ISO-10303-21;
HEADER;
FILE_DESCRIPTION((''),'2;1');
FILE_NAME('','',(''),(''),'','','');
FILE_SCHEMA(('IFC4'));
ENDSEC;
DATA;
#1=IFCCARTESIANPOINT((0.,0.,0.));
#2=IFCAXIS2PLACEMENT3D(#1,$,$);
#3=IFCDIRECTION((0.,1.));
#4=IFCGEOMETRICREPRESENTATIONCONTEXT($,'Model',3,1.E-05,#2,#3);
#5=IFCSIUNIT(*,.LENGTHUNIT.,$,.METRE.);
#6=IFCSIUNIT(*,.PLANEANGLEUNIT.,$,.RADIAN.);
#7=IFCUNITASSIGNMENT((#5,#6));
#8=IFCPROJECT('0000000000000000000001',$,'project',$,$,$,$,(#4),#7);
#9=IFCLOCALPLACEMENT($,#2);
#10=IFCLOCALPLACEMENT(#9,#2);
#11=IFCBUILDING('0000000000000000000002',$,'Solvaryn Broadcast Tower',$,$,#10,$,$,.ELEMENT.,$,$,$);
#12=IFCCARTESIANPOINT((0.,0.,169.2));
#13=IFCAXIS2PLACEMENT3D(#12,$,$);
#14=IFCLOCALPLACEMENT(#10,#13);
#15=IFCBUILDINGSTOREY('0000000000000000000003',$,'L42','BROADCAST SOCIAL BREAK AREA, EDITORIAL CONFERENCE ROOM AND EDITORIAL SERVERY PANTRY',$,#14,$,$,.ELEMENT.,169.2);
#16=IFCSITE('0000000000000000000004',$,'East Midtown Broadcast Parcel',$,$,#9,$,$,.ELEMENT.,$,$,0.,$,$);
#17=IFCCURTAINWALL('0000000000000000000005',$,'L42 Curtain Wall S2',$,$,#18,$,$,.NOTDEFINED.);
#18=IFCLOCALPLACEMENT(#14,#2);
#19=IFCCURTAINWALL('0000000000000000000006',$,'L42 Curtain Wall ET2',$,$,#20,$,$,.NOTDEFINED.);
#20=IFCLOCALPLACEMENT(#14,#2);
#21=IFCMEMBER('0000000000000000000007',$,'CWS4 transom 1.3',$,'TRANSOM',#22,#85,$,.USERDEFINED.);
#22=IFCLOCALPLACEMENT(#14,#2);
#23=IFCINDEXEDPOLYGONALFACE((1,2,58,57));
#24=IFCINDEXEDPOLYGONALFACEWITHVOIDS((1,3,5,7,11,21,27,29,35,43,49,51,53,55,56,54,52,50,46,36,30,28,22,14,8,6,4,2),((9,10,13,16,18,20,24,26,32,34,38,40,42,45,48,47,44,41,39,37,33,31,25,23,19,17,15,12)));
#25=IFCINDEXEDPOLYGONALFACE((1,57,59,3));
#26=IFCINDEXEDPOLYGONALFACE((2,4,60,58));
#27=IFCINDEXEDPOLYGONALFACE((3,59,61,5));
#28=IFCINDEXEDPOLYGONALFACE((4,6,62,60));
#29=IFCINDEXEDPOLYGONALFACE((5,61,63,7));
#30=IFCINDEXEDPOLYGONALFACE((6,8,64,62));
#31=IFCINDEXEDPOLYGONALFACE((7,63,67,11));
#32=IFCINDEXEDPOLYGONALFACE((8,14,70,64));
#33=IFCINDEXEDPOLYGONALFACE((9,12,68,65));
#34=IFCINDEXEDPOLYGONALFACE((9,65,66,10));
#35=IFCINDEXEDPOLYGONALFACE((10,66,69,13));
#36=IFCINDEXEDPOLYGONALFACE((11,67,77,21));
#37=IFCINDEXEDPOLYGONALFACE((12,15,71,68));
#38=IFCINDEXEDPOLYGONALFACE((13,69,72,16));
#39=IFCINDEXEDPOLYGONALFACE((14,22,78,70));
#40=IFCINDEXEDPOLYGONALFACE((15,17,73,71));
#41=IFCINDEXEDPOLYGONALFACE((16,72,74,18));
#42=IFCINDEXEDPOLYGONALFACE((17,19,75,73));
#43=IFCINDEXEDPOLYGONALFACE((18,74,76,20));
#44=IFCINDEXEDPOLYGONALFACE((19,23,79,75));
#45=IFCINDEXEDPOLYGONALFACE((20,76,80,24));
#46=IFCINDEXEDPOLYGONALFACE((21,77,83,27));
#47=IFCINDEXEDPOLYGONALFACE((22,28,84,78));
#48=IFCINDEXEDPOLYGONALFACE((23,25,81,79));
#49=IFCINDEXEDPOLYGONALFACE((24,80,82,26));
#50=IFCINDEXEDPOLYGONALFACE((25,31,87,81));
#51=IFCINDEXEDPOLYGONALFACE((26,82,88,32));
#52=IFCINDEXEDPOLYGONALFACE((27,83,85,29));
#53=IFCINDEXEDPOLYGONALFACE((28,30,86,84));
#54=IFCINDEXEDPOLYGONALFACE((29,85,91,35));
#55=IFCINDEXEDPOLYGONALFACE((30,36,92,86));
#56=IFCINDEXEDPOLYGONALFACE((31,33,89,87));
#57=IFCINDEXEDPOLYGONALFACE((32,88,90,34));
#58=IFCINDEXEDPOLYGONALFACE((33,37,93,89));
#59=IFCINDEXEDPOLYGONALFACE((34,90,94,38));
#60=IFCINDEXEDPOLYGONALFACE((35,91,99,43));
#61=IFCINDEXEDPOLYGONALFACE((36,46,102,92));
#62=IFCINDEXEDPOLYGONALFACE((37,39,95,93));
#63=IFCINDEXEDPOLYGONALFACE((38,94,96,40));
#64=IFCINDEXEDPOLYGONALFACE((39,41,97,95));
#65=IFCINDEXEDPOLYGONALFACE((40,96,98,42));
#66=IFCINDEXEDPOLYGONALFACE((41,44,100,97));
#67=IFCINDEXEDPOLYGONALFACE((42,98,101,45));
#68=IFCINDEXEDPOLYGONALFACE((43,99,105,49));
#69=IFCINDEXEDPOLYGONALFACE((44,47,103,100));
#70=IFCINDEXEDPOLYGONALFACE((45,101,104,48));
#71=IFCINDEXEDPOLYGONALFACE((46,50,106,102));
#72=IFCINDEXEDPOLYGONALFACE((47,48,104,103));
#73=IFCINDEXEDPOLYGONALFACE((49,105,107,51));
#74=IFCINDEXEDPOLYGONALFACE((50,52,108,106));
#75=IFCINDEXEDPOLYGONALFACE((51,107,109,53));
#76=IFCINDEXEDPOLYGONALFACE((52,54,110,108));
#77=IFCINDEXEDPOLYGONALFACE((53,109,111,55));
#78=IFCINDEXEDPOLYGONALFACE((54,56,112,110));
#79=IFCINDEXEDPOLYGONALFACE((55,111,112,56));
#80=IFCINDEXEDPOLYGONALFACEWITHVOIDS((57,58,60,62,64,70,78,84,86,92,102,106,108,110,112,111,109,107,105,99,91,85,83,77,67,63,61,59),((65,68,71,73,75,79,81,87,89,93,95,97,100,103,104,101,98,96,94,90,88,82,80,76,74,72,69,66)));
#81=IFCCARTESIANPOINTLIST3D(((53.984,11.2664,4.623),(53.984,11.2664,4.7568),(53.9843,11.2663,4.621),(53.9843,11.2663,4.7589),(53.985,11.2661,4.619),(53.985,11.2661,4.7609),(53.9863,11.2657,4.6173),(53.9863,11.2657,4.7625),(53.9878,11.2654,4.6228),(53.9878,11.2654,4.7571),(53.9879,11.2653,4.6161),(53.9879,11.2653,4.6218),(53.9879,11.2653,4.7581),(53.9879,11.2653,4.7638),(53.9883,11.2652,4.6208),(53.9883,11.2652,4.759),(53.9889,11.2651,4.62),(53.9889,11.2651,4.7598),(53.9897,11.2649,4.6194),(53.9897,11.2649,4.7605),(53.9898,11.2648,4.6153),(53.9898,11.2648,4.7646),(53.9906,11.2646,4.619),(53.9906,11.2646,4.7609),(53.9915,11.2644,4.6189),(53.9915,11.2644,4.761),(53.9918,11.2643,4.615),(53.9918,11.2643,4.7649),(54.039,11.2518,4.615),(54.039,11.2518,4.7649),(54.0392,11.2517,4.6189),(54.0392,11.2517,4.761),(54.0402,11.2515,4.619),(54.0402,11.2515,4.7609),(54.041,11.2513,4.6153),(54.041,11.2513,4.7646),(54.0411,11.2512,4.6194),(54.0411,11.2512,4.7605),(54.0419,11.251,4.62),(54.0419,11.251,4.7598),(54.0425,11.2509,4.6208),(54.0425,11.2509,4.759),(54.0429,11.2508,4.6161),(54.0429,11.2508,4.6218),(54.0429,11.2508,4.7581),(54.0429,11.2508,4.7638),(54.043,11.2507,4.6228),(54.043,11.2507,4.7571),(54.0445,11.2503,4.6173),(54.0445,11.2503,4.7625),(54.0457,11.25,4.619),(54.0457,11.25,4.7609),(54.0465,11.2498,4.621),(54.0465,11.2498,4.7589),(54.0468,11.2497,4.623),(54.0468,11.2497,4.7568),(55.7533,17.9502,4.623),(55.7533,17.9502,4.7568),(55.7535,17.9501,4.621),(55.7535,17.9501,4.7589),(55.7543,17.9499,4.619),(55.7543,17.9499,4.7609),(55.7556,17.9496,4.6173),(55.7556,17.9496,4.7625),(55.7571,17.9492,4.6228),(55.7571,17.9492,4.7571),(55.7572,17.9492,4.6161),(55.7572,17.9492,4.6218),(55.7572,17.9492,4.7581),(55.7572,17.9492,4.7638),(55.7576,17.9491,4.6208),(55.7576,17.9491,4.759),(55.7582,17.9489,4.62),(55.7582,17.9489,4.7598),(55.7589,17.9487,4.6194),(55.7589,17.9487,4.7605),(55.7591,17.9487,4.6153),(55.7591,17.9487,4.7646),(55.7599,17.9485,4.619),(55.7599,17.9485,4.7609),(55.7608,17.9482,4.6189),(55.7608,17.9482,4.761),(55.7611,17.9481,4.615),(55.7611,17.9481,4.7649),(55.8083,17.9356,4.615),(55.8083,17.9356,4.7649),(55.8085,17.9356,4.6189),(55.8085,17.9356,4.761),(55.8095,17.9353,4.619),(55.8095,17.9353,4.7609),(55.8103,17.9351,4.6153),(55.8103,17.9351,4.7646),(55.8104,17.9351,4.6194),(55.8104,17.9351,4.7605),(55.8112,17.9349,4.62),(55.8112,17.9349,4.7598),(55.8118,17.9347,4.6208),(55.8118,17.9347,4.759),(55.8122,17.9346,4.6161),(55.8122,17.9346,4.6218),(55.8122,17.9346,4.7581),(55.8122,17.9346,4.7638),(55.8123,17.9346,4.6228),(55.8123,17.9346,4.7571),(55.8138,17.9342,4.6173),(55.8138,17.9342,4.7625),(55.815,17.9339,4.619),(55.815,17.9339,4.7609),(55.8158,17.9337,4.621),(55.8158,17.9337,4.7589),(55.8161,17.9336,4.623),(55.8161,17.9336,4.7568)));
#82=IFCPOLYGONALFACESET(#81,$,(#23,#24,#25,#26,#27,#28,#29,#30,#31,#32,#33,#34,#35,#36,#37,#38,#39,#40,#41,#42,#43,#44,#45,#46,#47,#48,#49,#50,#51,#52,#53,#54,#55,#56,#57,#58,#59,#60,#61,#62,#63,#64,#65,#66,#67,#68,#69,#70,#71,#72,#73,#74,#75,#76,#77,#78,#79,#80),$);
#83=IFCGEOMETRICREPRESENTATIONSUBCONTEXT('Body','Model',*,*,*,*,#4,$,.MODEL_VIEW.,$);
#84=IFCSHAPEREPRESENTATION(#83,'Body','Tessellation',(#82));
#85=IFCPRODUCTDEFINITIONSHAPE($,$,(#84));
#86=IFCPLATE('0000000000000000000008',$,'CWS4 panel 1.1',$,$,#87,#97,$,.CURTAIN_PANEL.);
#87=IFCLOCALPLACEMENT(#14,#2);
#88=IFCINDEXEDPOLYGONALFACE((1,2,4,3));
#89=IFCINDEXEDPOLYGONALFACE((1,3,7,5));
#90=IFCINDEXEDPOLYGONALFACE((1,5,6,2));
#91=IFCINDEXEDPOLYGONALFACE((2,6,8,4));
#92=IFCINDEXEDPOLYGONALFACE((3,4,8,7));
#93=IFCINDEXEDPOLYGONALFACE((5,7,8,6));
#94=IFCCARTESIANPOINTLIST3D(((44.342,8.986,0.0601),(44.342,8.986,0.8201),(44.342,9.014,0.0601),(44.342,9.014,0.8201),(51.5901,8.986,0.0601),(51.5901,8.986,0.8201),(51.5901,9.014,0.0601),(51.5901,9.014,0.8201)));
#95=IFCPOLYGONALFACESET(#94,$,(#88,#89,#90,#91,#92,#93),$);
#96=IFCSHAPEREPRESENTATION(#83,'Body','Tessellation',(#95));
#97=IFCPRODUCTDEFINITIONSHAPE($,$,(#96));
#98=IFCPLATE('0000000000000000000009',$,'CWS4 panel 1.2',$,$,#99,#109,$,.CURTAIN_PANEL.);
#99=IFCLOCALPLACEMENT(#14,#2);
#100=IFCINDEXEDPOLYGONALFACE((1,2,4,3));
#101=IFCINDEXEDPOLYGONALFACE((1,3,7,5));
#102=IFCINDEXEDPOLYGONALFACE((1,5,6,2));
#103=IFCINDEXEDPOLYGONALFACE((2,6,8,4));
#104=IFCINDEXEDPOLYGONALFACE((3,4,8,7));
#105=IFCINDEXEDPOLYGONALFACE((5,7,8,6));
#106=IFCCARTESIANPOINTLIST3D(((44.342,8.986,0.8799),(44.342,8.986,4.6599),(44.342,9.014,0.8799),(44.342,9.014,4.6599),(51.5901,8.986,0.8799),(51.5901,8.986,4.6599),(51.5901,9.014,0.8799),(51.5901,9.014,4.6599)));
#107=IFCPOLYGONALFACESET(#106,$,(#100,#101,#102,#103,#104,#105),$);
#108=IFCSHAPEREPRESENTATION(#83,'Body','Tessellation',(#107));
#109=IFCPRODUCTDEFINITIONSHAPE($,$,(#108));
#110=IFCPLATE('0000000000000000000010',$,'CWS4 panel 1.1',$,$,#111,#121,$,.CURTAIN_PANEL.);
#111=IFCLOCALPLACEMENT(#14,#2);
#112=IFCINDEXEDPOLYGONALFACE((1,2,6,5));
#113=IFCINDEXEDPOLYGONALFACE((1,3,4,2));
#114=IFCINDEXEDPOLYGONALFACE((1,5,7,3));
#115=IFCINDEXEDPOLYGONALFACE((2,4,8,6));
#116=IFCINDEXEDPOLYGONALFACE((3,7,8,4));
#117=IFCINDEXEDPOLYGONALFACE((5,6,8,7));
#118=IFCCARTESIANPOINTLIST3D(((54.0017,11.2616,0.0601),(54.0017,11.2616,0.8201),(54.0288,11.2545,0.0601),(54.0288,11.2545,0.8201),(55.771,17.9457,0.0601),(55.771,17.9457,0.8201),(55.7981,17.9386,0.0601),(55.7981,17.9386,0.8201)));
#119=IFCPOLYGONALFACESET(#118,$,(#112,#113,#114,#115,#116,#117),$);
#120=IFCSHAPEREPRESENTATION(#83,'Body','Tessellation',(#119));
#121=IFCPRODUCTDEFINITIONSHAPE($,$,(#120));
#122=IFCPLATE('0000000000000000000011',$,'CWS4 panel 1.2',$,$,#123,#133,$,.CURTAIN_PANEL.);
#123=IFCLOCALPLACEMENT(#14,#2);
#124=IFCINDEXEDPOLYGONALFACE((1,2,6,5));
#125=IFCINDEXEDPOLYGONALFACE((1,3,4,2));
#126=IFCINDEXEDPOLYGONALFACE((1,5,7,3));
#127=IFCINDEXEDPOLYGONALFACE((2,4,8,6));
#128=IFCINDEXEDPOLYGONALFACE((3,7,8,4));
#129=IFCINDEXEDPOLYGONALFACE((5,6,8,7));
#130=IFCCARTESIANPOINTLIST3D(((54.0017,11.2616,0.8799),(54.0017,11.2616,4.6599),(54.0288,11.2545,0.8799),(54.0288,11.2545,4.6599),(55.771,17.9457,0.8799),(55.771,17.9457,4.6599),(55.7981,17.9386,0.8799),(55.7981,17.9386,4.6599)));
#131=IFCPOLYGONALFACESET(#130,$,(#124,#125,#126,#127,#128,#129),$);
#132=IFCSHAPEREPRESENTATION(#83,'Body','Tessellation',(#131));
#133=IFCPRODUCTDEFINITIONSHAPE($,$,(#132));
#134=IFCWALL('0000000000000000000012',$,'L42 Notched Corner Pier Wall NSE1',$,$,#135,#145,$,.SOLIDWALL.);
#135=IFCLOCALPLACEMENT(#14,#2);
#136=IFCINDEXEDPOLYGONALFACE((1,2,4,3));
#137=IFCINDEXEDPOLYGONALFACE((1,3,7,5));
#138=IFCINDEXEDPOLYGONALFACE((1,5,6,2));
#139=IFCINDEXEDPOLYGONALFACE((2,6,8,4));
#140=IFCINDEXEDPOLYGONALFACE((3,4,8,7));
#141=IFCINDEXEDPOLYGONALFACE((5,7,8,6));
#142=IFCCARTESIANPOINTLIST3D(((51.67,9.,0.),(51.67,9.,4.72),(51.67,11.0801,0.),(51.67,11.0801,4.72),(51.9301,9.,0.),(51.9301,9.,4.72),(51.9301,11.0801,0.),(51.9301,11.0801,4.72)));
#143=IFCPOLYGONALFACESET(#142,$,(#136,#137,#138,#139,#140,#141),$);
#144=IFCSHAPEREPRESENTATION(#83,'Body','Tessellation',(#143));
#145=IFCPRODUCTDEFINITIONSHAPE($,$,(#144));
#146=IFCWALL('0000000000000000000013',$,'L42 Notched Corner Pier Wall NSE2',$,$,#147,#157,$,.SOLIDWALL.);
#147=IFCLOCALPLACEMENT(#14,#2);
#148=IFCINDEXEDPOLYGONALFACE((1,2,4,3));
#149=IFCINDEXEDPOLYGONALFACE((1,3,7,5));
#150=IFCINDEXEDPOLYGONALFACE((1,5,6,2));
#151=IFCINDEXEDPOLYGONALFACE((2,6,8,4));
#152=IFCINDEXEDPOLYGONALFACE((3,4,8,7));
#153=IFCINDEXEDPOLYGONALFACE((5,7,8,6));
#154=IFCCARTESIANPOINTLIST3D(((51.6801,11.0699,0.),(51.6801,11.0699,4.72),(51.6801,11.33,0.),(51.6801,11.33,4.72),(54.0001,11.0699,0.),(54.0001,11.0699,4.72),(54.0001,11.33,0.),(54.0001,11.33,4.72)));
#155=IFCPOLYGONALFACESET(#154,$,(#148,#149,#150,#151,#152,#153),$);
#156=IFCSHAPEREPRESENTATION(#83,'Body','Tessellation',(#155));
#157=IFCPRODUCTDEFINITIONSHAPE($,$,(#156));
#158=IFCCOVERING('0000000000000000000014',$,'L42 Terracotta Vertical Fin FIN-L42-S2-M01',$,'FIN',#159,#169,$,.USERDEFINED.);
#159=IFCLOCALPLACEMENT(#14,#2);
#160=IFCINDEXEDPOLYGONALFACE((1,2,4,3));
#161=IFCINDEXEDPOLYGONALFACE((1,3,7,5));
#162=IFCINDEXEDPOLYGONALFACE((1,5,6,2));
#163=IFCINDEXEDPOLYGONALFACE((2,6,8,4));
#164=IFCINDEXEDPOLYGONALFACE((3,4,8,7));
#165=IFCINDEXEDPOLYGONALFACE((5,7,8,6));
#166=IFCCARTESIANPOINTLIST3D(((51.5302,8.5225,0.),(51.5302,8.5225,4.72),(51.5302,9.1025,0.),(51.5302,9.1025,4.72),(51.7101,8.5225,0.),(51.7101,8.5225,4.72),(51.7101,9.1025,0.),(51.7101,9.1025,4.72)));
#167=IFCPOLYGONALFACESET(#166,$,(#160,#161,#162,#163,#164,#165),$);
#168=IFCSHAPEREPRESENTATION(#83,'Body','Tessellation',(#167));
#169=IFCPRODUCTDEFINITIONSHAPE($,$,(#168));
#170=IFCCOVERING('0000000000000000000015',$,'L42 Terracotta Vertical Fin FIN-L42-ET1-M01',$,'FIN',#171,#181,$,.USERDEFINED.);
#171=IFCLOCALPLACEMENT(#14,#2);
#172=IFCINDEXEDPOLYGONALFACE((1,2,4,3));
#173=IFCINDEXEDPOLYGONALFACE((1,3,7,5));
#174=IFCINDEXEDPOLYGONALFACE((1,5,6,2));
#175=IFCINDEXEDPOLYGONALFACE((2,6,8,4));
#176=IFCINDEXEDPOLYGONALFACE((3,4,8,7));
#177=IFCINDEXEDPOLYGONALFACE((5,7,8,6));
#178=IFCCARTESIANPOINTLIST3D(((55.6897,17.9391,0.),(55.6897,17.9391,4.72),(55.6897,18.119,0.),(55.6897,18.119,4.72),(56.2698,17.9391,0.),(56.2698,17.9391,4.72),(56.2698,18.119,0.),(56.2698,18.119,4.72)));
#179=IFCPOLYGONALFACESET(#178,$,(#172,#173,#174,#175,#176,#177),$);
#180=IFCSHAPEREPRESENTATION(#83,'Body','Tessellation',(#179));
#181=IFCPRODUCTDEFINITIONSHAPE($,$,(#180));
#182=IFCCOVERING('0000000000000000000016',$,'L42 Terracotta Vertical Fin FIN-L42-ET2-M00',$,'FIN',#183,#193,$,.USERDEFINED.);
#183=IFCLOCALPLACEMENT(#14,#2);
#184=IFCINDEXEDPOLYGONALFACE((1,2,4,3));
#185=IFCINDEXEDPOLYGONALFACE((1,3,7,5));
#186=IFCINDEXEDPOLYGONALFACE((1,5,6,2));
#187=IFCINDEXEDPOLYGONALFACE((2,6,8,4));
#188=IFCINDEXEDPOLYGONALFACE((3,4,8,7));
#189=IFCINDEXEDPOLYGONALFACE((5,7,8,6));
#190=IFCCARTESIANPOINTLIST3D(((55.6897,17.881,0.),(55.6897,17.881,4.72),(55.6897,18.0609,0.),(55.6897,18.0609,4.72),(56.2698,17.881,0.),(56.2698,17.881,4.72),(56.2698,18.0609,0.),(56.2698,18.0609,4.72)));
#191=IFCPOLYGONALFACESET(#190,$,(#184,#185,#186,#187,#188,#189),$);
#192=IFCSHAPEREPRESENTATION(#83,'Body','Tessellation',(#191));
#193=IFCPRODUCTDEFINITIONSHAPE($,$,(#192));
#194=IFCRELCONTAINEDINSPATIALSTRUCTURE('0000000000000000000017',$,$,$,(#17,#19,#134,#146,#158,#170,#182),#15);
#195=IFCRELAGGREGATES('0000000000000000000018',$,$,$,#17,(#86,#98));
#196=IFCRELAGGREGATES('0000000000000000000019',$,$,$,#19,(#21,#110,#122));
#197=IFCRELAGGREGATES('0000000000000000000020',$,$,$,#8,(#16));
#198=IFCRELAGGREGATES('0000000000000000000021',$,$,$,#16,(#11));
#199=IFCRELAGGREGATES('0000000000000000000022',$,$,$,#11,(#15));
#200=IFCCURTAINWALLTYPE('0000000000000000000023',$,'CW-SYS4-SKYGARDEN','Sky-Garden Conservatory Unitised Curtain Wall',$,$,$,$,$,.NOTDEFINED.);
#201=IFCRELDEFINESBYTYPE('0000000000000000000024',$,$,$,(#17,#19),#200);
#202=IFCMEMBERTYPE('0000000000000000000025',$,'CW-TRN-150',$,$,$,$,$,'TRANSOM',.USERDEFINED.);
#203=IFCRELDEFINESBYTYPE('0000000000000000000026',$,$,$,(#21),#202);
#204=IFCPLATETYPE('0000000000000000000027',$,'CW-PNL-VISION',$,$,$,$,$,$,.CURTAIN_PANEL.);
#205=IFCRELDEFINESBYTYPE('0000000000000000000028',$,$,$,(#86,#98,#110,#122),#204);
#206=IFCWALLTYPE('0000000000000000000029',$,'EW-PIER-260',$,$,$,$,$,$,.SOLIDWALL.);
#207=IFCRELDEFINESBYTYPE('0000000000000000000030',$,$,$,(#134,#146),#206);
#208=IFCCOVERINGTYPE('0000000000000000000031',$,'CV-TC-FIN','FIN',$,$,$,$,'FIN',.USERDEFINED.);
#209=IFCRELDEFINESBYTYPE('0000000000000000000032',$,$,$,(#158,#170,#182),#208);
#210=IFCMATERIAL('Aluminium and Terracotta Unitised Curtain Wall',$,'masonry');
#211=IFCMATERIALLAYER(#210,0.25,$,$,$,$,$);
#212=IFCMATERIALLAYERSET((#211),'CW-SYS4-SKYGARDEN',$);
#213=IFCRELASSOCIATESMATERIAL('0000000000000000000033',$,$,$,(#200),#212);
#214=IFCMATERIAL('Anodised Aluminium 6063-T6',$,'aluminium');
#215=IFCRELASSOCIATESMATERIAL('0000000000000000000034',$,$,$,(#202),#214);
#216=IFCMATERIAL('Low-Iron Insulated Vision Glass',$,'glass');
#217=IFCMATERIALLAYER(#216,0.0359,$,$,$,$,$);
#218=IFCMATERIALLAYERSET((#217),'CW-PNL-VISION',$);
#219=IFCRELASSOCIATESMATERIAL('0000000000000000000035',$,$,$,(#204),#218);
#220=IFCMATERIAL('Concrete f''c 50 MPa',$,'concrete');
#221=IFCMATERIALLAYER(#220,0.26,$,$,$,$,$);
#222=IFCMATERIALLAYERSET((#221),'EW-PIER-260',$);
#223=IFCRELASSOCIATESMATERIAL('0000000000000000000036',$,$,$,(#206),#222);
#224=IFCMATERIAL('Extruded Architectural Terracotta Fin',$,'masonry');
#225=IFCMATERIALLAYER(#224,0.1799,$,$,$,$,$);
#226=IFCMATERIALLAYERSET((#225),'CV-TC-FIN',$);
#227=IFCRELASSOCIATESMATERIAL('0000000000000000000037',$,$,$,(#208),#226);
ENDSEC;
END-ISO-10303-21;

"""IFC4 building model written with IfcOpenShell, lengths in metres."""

from ifc_helpers import new_model, si_unit, direction, frame, frame_2d, origin, origin_2d, place, context, subcontext, project, spatial, rectangle, hollow_rectangle, extrude, material, layer, layer_set, material_profile, profile_set, type_object, element, aggregate, save


model = new_model("IFC4")

# Units and contexts
model_context = context("Model", 3, precision=1e-05, world=origin(), true_north=direction((0.0, 1.0)))
body_context = subcontext(model_context, "Body", "Model", "MODEL_VIEW")
ifc_project = project(units=[si_unit("LENGTHUNIT", "METRE"), si_unit("PLANEANGLEUNIT", "RADIAN")], contexts=[model_context])

# Site, building, storey
site_placement = place(None, origin())
site = spatial("IfcSite", under=ifc_project, at=site_placement, Name="East Midtown Broadcast Parcel", CompositionType="ELEMENT", RefElevation=0.0)
building_placement = place(site_placement, origin())
building = spatial("IfcBuilding", under=site, at=building_placement, Name="Solvaryn Broadcast Tower", CompositionType="ELEMENT")
storey_placement = place(building_placement, frame((0.0, 0.0, 169.2)))
storey = spatial("IfcBuildingStorey", under=building, at=storey_placement, Name="L42", Description="BROADCAST SOCIAL BREAK AREA, EDITORIAL CONFERENCE ROOM AND EDITORIAL SERVERY PANTRY", CompositionType="ELEMENT", Elevation=169.2)

# Curtain wall
ifc_material_1 = material(Name="Aluminium and Terracotta Unitised Curtain Wall", Category="masonry")
ifc_layer_1 = layer(ifc_material_1, 0.25)
ifc_layer_set_1 = layer_set([ifc_layer_1], Name="CW-SYS4-SKYGARDEN")
curtain_wall_type = type_object("IfcCurtainWallType", Name="CW-SYS4-SKYGARDEN", Description="Sky-Garden Conservatory Unitised Curtain Wall", PredefinedType="NOTDEFINED", material=ifc_layer_set_1)
curtain_wall_1_placement = place(storey_placement, origin())
curtain_wall_1 = element("IfcCurtainWall", 1, at=curtain_wall_1_placement, inside=storey, type_object=curtain_wall_type, Name="L42 Curtain Wall S2", PredefinedType="NOTDEFINED")

# Curtain wall, member
curtain_wall_2_placement = place(storey_placement, origin())
curtain_wall_2 = element("IfcCurtainWall", 2, at=curtain_wall_2_placement, inside=storey, type_object=curtain_wall_type, Name="L42 Curtain Wall ET2", PredefinedType="NOTDEFINED")
ifc_material_2 = material(Name="Anodised Aluminium 6063-T6", Category="aluminium")
ifc_material_profile_1 = material_profile(ifc_material_2, hollow_rectangle(XDim=0.0649, YDim=0.1499, WallThickness=0.0039, InnerFilletRadius=0.0039, OuterFilletRadius=0.0081, at=origin_2d()))
ifc_profile_set_1 = profile_set([ifc_material_profile_1], Name="Anodised Aluminium 6063-T6")
member_type_1 = type_object("IfcMemberType", Name="CW-TRN-150", ElementType="TRANSOM", PredefinedType="USERDEFINED", material=ifc_profile_set_1)
member_1_placement = place(storey_placement, frame((55.7847, 17.9419, 4.6899), z_axis=(-0.255897, -0.966704, 0.0), x_axis=(0.966704, -0.255897, 0.0)))
member_1 = element("IfcMember", 3, at=member_1_placement, type_object=member_type_1, Name="CWS4 transom 1.3", ObjectType="TRANSOM", PredefinedType="USERDEFINED", context=body_context, shape_type="SweptSolid", body=[
    extrude(hollow_rectangle(XDim=0.0649, YDim=0.1499, WallThickness=0.0039, InnerFilletRadius=0.0039, OuterFilletRadius=0.0081, at=origin_2d()), origin(), (0.0, 0.0, 1.0), 6.9141),
])

# Plates
ifc_material_3 = material(Name="Low-Iron Insulated Vision Glass", Category="glass")
ifc_layer_2 = layer(ifc_material_3, 0.0359)
ifc_layer_set_2 = layer_set([ifc_layer_2], Name="CW-PNL-VISION")
plate_type = type_object("IfcPlateType", Name="CW-PNL-VISION", PredefinedType="CURTAIN_PANEL", material=ifc_layer_set_2)
plate_1_placement = place(storey_placement, frame((47.9661, 9.0, 0.0601), z_axis=(0.0, 0.0, 1.0), x_axis=(1.0, 0.0, 0.0)))
plate_1 = element("IfcPlate", 4, at=plate_1_placement, type_object=plate_type, Name="CWS4 panel 1.1", PredefinedType="CURTAIN_PANEL", context=body_context, shape_type="SweptSolid", body=[
    extrude(rectangle(XDim=7.248, YDim=0.0281, at=origin_2d()), origin(), (0.0, 0.0, 1.0), 0.76),
])
plate_2_placement = place(storey_placement, frame((47.9661, 9.0, 0.8799), z_axis=(0.0, 0.0, 1.0), x_axis=(1.0, 0.0, 0.0)))
plate_2 = element("IfcPlate", 5, at=plate_2_placement, type_object=plate_type, Name="CWS4 panel 1.2", PredefinedType="CURTAIN_PANEL", context=body_context, shape_type="SweptSolid", body=[
    extrude(rectangle(XDim=7.248, YDim=0.0281, at=origin_2d()), origin(), (0.0, 0.0, 1.0), 3.78),
])
aggregate(curtain_wall_1, [plate_1, plate_2])
plate_3_placement = place(storey_placement, frame((54.8999, 14.6001, 0.0601), z_axis=(0.0, 0.0, 1.0), x_axis=(-0.255893, -0.966705, 0.0)))
plate_3 = element("IfcPlate", 6, at=plate_3_placement, type_object=plate_type, Name="CWS4 panel 1.1", PredefinedType="CURTAIN_PANEL", context=body_context, shape_type="SweptSolid", body=[
    extrude(rectangle(XDim=6.9143, YDim=0.0281, at=origin_2d()), origin(), (0.0, 0.0, 1.0), 0.76),
])
plate_4_placement = place(storey_placement, frame((54.8999, 14.6001, 0.8799), z_axis=(0.0, 0.0, 1.0), x_axis=(-0.255893, -0.966705, 0.0)))
plate_4 = element("IfcPlate", 7, at=plate_4_placement, type_object=plate_type, Name="CWS4 panel 1.2", PredefinedType="CURTAIN_PANEL", context=body_context, shape_type="SweptSolid", body=[
    extrude(rectangle(XDim=6.9143, YDim=0.0281, at=origin_2d()), origin(), (0.0, 0.0, 1.0), 3.78),
])
aggregate(curtain_wall_2, [member_1, plate_3, plate_4])

# Walls
ifc_material_4 = material(Name="Concrete f'c 50 MPa", Category="concrete")
ifc_layer_3 = layer(ifc_material_4, 0.26)
ifc_layer_set_3 = layer_set([ifc_layer_3], Name="EW-PIER-260")
wall_type = type_object("IfcWallType", Name="EW-PIER-260", PredefinedType="SOLIDWALL", material=ifc_layer_set_3)
wall_1_placement = place(storey_placement, frame((51.8, 9.0, 0.0), z_axis=(0.0, 0.0, 1.0), x_axis=(0.0, 1.0, 0.0)))
element("IfcWall", 8, at=wall_1_placement, inside=storey, type_object=wall_type, Name="L42 Notched Corner Pier Wall NSE1", PredefinedType="SOLIDWALL", context=body_context, shape_type="SweptSolid", body=[
    extrude(rectangle(XDim=2.0801, YDim=0.26, at=frame_2d((1.04, 0.0))), origin(), (0.0, 0.0, 1.0), 4.72),
])
wall_2_placement = place(storey_placement, frame((51.6799, 11.2, 0.0), z_axis=(0.0, 0.0, 1.0), x_axis=(1.0, 0.0, 0.0)))
element("IfcWall", 9, at=wall_2_placement, inside=storey, type_object=wall_type, Name="L42 Notched Corner Pier Wall NSE2", PredefinedType="SOLIDWALL", context=body_context, shape_type="SweptSolid", body=[
    extrude(rectangle(XDim=2.3201, YDim=0.26, at=frame_2d((1.1602, 0.0))), origin(), (0.0, 0.0, 1.0), 4.72),
])

# Coverings
ifc_material_5 = material(Name="Extruded Architectural Terracotta Fin", Category="masonry")
ifc_layer_4 = layer(ifc_material_5, 0.1799)
ifc_layer_set_4 = layer_set([ifc_layer_4], Name="CV-TC-FIN")
covering_type = type_object("IfcCoveringType", Name="CV-TC-FIN", Description="FIN", ElementType="FIN", PredefinedType="USERDEFINED", material=ifc_layer_set_4)
covering_placement = place(storey_placement, frame((51.6201, 8.8125, 0.0), z_axis=(0.0, 0.0, 1.0), x_axis=(1.0, 0.0, 0.0)))
element("IfcCovering", 10, at=covering_placement, inside=storey, type_object=covering_type, Name="L42 Terracotta Vertical Fin FIN-L42-S2-M01", ObjectType="FIN", PredefinedType="USERDEFINED", context=body_context, shape_type="SweptSolid", body=[
    extrude(rectangle(XDim=0.1799, YDim=0.5801, at=origin_2d()), origin(), (0.0, 0.0, 1.0), 4.72),
])
for number, where, z_axis, x_axis, name in (
    (11, (55.9797, 18.0291, 0.0), (0.0, 0.0, 1.0), (1.0, 0.0, 0.0), "L42 Terracotta Vertical Fin FIN-L42-ET1-M01"),
    (12, (55.9797, 17.9709, 0.0), (0.0, 0.0, 1.0), (1.0, 0.0, 0.0), "L42 Terracotta Vertical Fin FIN-L42-ET2-M00"),
):
    element("IfcCovering", number, at=place(storey_placement, frame(where, z_axis=z_axis, x_axis=x_axis)), inside=storey, type_object=covering_type, Name=name, ObjectType="FIN", PredefinedType="USERDEFINED", context=body_context, shape_type="SweptSolid", body=[
        extrude(rectangle(XDim=0.5801, YDim=0.1799, at=origin_2d()), origin(), (0.0, 0.0, 1.0), 4.72),
    ])

save(model, "model.ifc")
